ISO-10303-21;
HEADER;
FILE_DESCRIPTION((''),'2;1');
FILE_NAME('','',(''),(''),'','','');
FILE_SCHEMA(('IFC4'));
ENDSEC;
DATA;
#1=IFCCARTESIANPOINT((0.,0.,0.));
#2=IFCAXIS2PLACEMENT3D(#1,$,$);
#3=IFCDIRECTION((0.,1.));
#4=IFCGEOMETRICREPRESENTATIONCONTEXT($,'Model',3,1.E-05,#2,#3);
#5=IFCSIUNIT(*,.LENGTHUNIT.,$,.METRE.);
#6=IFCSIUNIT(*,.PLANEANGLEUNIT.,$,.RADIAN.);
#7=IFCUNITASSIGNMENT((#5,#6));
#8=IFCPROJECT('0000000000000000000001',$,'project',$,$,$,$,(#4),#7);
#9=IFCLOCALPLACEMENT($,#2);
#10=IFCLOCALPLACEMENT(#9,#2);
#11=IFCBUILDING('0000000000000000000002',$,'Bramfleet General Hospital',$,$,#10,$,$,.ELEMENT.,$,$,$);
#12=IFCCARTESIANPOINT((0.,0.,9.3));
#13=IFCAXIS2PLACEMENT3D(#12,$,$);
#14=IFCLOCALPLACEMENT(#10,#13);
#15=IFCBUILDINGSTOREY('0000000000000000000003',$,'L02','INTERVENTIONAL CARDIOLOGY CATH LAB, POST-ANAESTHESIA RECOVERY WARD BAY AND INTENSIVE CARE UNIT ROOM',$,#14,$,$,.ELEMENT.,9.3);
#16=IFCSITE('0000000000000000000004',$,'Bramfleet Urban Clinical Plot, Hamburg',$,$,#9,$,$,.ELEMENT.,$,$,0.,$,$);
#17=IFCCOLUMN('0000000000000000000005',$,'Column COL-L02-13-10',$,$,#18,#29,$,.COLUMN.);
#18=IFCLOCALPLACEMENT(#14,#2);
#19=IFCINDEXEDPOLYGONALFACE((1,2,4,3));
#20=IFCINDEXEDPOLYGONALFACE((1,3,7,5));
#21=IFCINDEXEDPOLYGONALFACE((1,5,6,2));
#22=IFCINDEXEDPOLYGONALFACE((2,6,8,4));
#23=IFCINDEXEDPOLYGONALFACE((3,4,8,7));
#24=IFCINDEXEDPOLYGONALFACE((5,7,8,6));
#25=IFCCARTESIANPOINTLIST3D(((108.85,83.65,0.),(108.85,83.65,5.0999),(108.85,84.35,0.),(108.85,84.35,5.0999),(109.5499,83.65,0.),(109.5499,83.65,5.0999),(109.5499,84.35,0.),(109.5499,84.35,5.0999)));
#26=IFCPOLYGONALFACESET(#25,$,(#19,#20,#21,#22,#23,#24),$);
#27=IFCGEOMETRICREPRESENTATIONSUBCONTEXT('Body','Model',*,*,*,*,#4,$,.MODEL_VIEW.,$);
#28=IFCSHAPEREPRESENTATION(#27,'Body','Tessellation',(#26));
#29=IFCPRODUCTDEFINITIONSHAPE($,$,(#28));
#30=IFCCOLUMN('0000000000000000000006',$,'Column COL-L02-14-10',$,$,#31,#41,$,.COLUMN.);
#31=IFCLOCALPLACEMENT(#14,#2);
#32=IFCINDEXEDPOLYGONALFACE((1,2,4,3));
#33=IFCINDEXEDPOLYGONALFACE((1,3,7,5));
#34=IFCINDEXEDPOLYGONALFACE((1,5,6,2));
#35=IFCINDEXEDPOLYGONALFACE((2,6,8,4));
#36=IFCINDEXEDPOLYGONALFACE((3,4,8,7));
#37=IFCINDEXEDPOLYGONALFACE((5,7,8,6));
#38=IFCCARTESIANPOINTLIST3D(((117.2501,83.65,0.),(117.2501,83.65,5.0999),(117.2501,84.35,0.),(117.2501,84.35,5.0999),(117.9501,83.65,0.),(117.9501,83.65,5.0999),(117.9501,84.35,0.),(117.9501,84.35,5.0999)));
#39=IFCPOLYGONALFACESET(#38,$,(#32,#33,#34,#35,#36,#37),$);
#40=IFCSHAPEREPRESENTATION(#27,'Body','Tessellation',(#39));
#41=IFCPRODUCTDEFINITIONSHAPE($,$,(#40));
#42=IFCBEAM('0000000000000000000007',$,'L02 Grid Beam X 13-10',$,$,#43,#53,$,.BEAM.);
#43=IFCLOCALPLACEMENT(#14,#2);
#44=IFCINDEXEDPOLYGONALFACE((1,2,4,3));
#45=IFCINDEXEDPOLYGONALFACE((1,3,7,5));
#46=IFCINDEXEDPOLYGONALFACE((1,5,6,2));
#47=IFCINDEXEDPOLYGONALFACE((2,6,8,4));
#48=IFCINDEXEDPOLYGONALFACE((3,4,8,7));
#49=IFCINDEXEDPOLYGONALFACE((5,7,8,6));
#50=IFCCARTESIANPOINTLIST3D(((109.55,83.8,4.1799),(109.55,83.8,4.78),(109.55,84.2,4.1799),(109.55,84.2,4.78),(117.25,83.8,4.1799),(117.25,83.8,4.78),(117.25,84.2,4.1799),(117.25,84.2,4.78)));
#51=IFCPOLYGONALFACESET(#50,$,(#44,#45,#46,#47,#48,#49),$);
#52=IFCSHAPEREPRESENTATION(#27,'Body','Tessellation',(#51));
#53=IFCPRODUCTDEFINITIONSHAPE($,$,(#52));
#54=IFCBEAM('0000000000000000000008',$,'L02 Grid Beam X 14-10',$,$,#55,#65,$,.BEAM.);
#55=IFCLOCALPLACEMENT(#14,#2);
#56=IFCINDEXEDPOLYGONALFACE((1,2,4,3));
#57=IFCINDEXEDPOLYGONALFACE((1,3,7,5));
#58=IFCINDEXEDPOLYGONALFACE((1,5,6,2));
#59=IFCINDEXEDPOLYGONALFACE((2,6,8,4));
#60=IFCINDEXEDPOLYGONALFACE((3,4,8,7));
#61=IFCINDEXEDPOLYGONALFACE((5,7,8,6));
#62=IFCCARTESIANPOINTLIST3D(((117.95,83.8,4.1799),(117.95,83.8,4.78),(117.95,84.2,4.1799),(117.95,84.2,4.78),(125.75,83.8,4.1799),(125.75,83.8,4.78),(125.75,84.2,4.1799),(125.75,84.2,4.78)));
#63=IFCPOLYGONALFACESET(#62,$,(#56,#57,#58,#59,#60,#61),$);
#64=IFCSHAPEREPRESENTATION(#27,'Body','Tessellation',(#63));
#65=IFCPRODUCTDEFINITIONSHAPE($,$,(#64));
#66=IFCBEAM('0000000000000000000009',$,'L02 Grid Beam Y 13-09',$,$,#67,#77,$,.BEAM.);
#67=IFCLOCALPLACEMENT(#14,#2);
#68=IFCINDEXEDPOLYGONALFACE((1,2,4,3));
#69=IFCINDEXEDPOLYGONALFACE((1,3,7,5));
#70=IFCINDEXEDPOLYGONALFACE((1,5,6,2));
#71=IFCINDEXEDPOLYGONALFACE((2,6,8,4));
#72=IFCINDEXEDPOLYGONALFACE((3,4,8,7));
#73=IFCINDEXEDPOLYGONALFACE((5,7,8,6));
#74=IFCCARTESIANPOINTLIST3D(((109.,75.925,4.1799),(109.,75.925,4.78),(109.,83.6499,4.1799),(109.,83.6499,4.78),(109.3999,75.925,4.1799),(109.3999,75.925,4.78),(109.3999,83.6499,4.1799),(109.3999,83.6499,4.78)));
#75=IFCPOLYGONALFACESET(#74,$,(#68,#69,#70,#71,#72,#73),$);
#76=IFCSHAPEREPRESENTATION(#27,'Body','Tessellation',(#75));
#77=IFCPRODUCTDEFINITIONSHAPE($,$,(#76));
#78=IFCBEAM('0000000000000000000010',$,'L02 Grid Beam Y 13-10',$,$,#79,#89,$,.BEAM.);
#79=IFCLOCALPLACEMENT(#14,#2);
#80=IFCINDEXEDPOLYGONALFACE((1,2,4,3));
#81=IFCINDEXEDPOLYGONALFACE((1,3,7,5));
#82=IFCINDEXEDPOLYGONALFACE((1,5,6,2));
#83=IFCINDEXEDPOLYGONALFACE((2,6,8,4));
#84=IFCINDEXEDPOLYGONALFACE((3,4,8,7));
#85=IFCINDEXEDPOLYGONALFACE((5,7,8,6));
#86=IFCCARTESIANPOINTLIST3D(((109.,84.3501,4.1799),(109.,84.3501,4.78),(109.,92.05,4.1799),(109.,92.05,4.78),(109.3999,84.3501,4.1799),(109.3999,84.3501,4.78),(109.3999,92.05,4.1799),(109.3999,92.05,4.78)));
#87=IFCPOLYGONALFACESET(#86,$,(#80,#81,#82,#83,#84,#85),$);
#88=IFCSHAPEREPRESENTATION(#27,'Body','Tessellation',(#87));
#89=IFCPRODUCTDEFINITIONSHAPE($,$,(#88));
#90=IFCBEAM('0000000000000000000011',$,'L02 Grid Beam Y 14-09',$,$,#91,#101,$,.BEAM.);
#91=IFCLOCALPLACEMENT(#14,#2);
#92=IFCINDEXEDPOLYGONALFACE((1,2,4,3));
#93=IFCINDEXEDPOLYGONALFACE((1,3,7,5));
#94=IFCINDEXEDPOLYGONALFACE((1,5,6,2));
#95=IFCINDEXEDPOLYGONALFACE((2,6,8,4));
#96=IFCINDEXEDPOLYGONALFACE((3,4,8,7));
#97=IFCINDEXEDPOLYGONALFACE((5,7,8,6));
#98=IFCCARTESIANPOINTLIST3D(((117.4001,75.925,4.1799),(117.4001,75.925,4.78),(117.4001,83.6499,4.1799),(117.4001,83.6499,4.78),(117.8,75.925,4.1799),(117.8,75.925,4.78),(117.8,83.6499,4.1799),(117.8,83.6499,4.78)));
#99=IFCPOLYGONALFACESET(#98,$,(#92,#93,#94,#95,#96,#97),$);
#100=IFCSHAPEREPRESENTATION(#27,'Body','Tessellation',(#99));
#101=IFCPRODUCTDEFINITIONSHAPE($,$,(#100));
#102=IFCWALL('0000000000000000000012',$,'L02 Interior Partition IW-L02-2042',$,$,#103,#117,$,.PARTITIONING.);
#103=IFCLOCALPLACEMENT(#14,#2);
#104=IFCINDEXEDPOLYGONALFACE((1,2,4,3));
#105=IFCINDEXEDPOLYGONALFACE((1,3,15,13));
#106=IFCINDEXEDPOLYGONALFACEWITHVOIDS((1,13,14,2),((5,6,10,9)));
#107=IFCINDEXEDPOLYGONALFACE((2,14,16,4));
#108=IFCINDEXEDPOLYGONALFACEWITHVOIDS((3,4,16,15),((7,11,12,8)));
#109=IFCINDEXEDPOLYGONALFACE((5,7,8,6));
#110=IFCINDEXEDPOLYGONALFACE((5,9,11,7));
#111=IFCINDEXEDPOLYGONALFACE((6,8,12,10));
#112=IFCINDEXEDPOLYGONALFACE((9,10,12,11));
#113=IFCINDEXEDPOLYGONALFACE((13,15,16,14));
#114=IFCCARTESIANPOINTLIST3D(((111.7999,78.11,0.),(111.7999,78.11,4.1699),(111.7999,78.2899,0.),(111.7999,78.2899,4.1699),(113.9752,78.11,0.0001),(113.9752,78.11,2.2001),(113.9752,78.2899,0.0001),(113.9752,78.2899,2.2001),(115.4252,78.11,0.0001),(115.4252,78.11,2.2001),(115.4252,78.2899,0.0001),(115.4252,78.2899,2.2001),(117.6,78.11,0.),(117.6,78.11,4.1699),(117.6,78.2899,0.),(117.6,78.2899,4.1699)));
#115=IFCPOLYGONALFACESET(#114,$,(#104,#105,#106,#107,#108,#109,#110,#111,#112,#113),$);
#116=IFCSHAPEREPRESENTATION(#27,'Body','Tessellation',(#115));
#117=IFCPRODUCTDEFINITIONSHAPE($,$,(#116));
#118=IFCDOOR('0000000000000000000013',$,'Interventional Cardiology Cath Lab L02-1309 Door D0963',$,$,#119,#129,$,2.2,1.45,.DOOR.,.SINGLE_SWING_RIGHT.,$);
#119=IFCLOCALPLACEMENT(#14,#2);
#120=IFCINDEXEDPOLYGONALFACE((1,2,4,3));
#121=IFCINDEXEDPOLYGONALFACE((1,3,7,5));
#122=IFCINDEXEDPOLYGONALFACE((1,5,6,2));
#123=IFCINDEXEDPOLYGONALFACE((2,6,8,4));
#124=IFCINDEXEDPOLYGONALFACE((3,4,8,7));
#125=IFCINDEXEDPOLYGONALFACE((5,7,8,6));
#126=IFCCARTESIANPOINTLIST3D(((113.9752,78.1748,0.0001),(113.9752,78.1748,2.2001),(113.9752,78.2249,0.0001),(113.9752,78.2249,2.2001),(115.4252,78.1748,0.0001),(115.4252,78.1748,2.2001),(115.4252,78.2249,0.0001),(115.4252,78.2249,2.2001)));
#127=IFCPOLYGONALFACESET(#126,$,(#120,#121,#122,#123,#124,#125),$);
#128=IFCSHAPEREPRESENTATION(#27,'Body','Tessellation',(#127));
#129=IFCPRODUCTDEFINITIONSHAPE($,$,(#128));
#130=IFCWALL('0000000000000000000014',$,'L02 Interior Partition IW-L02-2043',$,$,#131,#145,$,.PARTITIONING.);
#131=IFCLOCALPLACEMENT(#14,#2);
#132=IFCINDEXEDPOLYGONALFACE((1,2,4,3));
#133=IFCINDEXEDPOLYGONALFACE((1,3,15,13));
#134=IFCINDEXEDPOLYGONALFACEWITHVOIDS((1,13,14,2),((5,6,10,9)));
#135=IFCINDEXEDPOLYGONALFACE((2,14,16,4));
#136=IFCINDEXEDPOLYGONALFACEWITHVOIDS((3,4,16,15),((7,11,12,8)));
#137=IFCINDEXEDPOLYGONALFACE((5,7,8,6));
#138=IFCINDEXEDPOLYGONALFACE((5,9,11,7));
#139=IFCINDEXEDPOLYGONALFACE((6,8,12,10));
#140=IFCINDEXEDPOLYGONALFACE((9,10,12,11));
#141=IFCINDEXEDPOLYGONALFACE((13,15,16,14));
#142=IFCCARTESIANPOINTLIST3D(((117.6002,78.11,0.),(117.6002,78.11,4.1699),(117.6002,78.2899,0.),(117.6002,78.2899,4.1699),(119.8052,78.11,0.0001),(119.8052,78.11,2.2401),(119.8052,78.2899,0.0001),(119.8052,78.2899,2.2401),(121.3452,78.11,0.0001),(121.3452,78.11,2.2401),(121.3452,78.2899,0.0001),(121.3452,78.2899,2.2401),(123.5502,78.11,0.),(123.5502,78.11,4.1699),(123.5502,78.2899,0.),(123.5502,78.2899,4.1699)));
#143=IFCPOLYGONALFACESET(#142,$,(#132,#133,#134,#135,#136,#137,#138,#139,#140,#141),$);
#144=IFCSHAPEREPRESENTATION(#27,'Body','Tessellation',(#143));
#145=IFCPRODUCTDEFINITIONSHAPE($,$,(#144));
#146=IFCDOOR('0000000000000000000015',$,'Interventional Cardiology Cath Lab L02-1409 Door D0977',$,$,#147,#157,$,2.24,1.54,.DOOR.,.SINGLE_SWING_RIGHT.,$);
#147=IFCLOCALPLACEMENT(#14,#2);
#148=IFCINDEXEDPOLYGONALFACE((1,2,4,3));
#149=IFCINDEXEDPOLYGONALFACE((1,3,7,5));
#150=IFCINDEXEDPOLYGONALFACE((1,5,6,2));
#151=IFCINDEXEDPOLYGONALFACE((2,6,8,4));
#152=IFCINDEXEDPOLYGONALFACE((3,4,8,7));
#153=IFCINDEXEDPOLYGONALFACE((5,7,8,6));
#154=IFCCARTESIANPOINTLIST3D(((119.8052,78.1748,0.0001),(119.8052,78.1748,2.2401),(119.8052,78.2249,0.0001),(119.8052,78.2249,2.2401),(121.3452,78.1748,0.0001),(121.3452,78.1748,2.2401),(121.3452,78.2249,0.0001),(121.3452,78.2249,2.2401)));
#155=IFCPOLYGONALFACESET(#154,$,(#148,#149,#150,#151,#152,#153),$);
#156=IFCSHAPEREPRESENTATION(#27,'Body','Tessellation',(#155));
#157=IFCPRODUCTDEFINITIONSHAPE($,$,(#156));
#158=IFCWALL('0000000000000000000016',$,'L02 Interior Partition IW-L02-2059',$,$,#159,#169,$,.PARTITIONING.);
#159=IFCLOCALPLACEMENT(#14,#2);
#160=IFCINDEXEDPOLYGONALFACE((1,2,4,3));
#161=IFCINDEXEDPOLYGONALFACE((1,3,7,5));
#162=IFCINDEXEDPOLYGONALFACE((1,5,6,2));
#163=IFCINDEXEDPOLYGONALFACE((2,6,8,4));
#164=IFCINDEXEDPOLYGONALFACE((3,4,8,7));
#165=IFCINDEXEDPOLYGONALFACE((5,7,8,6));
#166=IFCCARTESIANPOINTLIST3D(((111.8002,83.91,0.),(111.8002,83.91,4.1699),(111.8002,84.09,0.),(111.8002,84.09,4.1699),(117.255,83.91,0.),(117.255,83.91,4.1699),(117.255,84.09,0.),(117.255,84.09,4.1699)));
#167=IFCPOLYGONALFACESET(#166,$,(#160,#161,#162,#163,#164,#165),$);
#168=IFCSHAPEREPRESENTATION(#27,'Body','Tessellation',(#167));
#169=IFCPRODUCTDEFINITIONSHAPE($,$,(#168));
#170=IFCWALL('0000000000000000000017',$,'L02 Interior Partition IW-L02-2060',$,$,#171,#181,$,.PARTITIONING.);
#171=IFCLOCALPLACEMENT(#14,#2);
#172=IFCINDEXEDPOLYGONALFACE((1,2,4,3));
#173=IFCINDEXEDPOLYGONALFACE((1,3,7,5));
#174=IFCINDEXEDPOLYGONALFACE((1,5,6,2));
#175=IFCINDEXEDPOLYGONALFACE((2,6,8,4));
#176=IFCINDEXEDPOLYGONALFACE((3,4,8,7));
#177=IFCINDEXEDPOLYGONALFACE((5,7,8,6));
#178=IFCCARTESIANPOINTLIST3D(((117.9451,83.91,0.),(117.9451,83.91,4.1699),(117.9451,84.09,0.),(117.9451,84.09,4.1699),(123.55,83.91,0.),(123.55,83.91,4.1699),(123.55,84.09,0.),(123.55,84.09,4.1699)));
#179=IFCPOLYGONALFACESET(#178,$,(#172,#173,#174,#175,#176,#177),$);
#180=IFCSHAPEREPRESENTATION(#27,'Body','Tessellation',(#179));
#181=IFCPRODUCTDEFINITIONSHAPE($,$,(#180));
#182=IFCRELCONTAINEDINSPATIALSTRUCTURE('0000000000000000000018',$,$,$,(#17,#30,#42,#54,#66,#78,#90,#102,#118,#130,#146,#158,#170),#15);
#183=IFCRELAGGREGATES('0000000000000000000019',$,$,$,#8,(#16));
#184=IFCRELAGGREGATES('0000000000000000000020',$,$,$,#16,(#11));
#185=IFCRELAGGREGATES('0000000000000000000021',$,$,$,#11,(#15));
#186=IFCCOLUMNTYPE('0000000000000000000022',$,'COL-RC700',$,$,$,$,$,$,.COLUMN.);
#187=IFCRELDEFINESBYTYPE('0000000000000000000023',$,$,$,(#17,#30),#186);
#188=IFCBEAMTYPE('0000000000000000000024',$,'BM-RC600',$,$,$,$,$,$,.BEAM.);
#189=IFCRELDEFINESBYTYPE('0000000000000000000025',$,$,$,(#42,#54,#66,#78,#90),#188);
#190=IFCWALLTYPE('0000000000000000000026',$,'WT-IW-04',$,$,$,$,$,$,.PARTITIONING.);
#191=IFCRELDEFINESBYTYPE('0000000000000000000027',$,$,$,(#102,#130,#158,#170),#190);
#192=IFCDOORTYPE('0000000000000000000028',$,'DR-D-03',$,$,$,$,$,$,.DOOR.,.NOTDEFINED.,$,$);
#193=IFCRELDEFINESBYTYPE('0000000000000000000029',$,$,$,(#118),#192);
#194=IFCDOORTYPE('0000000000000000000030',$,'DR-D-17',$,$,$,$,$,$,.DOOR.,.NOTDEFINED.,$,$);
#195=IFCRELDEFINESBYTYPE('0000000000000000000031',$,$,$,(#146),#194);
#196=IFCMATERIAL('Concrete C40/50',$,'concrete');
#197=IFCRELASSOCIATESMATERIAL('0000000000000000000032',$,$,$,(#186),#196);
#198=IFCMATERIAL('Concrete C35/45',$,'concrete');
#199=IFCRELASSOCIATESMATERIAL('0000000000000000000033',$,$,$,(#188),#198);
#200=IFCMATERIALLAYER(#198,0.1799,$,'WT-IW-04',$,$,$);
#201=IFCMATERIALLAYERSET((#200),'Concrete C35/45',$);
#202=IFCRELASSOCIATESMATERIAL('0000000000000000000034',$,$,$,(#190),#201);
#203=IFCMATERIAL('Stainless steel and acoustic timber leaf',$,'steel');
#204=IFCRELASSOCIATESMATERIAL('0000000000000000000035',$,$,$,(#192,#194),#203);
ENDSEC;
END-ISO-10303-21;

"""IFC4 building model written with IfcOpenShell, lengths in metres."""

from ifc_helpers import new_model, si_unit, direction, frame, frame_2d, origin, origin_2d, place, context, subcontext, project, spatial, rectangle, extrude, material, layer, layer_set, material_profile, profile_set, type_object, element, fill, save


model = new_model("IFC4")

# Units and contexts
model_context = context("Model", 3, precision=1e-05, world=origin(), true_north=direction((0.0, 1.0)))
body_context = subcontext(model_context, "Body", "Model", "MODEL_VIEW")
ifc_project = project(units=[si_unit("LENGTHUNIT", "METRE"), si_unit("PLANEANGLEUNIT", "RADIAN")], contexts=[model_context])

# Site, building, storey
site_placement = place(None, origin())
site = spatial("IfcSite", under=ifc_project, at=site_placement, Name="Bramfleet Urban Clinical Plot, Hamburg", CompositionType="ELEMENT", RefElevation=0.0)
building_placement = place(site_placement, origin())
building = spatial("IfcBuilding", under=site, at=building_placement, Name="Bramfleet General Hospital", CompositionType="ELEMENT")
storey_placement = place(building_placement, frame((0.0, 0.0, 9.3)))
storey = spatial("IfcBuildingStorey", under=building, at=storey_placement, Name="L02", Description="INTERVENTIONAL CARDIOLOGY CATH LAB, POST-ANAESTHESIA RECOVERY WARD BAY AND INTENSIVE CARE UNIT ROOM", CompositionType="ELEMENT", Elevation=9.3)

# Columns
ifc_material_1 = material(Name="Concrete C40/50", Category="concrete")
ifc_material_profile_1 = material_profile(ifc_material_1, rectangle(XDim=0.7, YDim=0.7, at=origin_2d()), Name="RC COL 700x700")
ifc_profile_set_1 = profile_set([ifc_material_profile_1], Name="Concrete C40/50")
column_type = type_object("IfcColumnType", Name="COL-RC700", PredefinedType="COLUMN", material=ifc_profile_set_1)
for number, where, z_axis, x_axis, name in (
    (1, (109.2, 84.0, 0.0), (0.0, 0.0, 1.0), (1.0, 0.0, 0.0), "Column COL-L02-13-10"),
    (2, (117.6001, 84.0, 0.0), (0.0, 0.0, 1.0), (1.0, 0.0, 0.0), "Column COL-L02-14-10"),
):
    element("IfcColumn", number, at=place(storey_placement, frame(where, z_axis=z_axis, x_axis=x_axis)), inside=storey, type_object=column_type, Name=name, PredefinedType="COLUMN", context=body_context, shape_type="SweptSolid", body=[
        extrude(rectangle(XDim=0.7, YDim=0.7, at=origin_2d()), origin(), (0.0, 0.0, 1.0), 5.0999),
    ])

# Beams
ifc_material_2 = material(Name="Concrete C35/45", Category="concrete")
ifc_material_profile_2 = material_profile(ifc_material_2, rectangle(XDim=0.3999, YDim=0.6001, at=origin_2d()), Name="RC BM 600x400")
ifc_profile_set_2 = profile_set([ifc_material_profile_2], Name="Concrete C35/45")
beam_type = type_object("IfcBeamType", Name="BM-RC600", PredefinedType="BEAM", material=ifc_profile_set_2)
beam_1_placement = place(storey_placement, frame((109.55, 84.0, 4.48), z_axis=(1.0, 0.0, 0.0), x_axis=(0.0, 1.0, 0.0)))
element("IfcBeam", 3, at=beam_1_placement, inside=storey, type_object=beam_type, Name="L02 Grid Beam X 13-10", PredefinedType="BEAM", context=body_context, shape_type="SweptSolid", body=[
    extrude(rectangle(XDim=0.3999, YDim=0.6001, at=origin_2d()), origin(), (0.0, 0.0, 1.0), 7.7),
])
beam_2_placement = place(storey_placement, frame((117.95, 84.0, 4.48), z_axis=(1.0, 0.0, 0.0), x_axis=(0.0, 1.0, 0.0)))
element("IfcBeam", 4, at=beam_2_placement, inside=storey, type_object=beam_type, Name="L02 Grid Beam X 14-10", PredefinedType="BEAM", context=body_context, shape_type="SweptSolid", body=[
    extrude(rectangle(XDim=0.3999, YDim=0.6001, at=origin_2d()), origin(), (0.0, 0.0, 1.0), 7.8),
])
beam_3_placement = place(storey_placement, frame((109.2, 75.925, 4.48), z_axis=(0.0, 1.0, 0.0), x_axis=(-1.0, 0.0, 0.0)))
element("IfcBeam", 5, at=beam_3_placement, inside=storey, type_object=beam_type, Name="L02 Grid Beam Y 13-09", PredefinedType="BEAM", context=body_context, shape_type="SweptSolid", body=[
    extrude(rectangle(XDim=0.3999, YDim=0.6001, at=origin_2d()), origin(), (0.0, 0.0, 1.0), 7.7249),
])
beam_4_placement = place(storey_placement, frame((109.2, 84.3501, 4.48), z_axis=(0.0, 1.0, 0.0), x_axis=(-1.0, 0.0, 0.0)))
element("IfcBeam", 6, at=beam_4_placement, inside=storey, type_object=beam_type, Name="L02 Grid Beam Y 13-10", PredefinedType="BEAM", context=body_context, shape_type="SweptSolid", body=[
    extrude(rectangle(XDim=0.3999, YDim=0.6001, at=origin_2d()), origin(), (0.0, 0.0, 1.0), 7.7),
])
beam_5_placement = place(storey_placement, frame((117.6001, 75.925, 4.48), z_axis=(0.0, 1.0, 0.0), x_axis=(-1.0, 0.0, 0.0)))
element("IfcBeam", 7, at=beam_5_placement, inside=storey, type_object=beam_type, Name="L02 Grid Beam Y 14-09", PredefinedType="BEAM", context=body_context, shape_type="SweptSolid", body=[
    extrude(rectangle(XDim=0.3999, YDim=0.6001, at=origin_2d()), origin(), (0.0, 0.0, 1.0), 7.7249),
])

# Walls, openings, doors
ifc_layer_1 = layer(ifc_material_2, 0.1799, Name="WT-IW-04")
ifc_layer_set_1 = layer_set([ifc_layer_1], Name="Concrete C35/45")
wall_type_1 = type_object("IfcWallType", Name="WT-IW-04", PredefinedType="PARTITIONING", material=ifc_layer_set_1)
wall_1_placement = place(storey_placement, frame((111.8, 78.2, 0.0), z_axis=(0.0, 0.0, 1.0), x_axis=(1.0, 0.0, 0.0)))
wall_1 = element("IfcWall", 8, at=wall_1_placement, inside=storey, type_object=wall_type_1, Name="L02 Interior Partition IW-L02-2042", PredefinedType="PARTITIONING", context=body_context, shape_type="SweptSolid", body=[
    extrude(rectangle(XDim=5.8, YDim=0.1799, at=frame_2d((2.8999, 0.0))), origin(), (0.0, 0.0, 1.0), 4.1699),
])
opening_1_placement = place(wall_1_placement, frame((2.175, 0.0, 0.0)))
opening_1 = element("IfcOpeningElement", 9, at=opening_1_placement, cuts=wall_1, PredefinedType="OPENING", context=body_context, shape_type="SweptSolid", body=[
    extrude(rectangle(XDim=1.45, YDim=2.2, at=frame_2d((0.7251, 1.1001))), frame((0.0, 0.0999, 0.0), z_axis=(0.0, -1.0, 0.0), x_axis=(1.0, 0.0, 0.0)), (0.0, 0.0, 1.0), 0.2),
])
ifc_material_3 = material(Name="Stainless steel and acoustic timber leaf", Category="steel")
door_type_1 = type_object("IfcDoorType", Name="DR-D-03", OperationType="NOTDEFINED", PredefinedType="DOOR", material=ifc_material_3)
door_1_placement = place(opening_1_placement, origin())
door_1 = element("IfcDoor", 10, at=door_1_placement, inside=storey, type_object=door_type_1, Name="Interventional Cardiology Cath Lab L02-1309 Door D0963", OperationType="SINGLE_SWING_RIGHT", OverallHeight=2.2, OverallWidth=1.45, PredefinedType="DOOR", context=body_context, shape_type="SweptSolid", body=[
    extrude(rectangle(XDim=1.45, YDim=2.2, at=frame_2d((0.7251, 1.1001))), frame((0.0, 0.0249, 0.0), z_axis=(0.0, -1.0, 0.0), x_axis=(1.0, 0.0, 0.0)), (0.0, 0.0, 1.0), 0.05),
])
fill(opening_1, door_1)
wall_2_placement = place(storey_placement, frame((117.6001, 78.2, 0.0), z_axis=(0.0, 0.0, 1.0), x_axis=(1.0, 0.0, 0.0)))
wall_2 = element("IfcWall", 11, at=wall_2_placement, inside=storey, type_object=wall_type_1, Name="L02 Interior Partition IW-L02-2043", PredefinedType="PARTITIONING", context=body_context, shape_type="SweptSolid", body=[
    extrude(rectangle(XDim=5.95, YDim=0.1799, at=frame_2d((2.9751, 0.0))), origin(), (0.0, 0.0, 1.0), 4.1699),
])
opening_2_placement = place(wall_2_placement, frame((2.2051, 0.0, 0.0)))
opening_2 = element("IfcOpeningElement", 12, at=opening_2_placement, cuts=wall_2, PredefinedType="OPENING", context=body_context, shape_type="SweptSolid", body=[
    extrude(rectangle(XDim=1.54, YDim=2.24, at=frame_2d((0.77, 1.1201))), frame((0.0, 0.0999, 0.0), z_axis=(0.0, -1.0, 0.0), x_axis=(1.0, 0.0, 0.0)), (0.0, 0.0, 1.0), 0.2),
])
door_type_2 = type_object("IfcDoorType", Name="DR-D-17", OperationType="NOTDEFINED", PredefinedType="DOOR", material=ifc_material_3)
door_2_placement = place(opening_2_placement, origin())
door_2 = element("IfcDoor", 13, at=door_2_placement, inside=storey, type_object=door_type_2, Name="Interventional Cardiology Cath Lab L02-1409 Door D0977", OperationType="SINGLE_SWING_RIGHT", OverallHeight=2.24, OverallWidth=1.54, PredefinedType="DOOR", context=body_context, shape_type="SweptSolid", body=[
    extrude(rectangle(XDim=1.54, YDim=2.24, at=frame_2d((0.77, 1.1201))), frame((0.0, 0.0249, 0.0), z_axis=(0.0, -1.0, 0.0), x_axis=(1.0, 0.0, 0.0)), (0.0, 0.0, 1.0), 0.05),
])
fill(opening_2, door_2)

# Walls
wall_3_placement = place(storey_placement, frame((111.8, 84.0, 0.0), z_axis=(0.0, 0.0, 1.0), x_axis=(1.0, 0.0, 0.0)))
element("IfcWall", 14, at=wall_3_placement, inside=storey, type_object=wall_type_1, Name="L02 Interior Partition IW-L02-2059", PredefinedType="PARTITIONING", context=body_context, shape_type="SweptSolid", body=[
    extrude(rectangle(XDim=5.4548, YDim=0.1799, at=frame_2d((2.7275, 0.0))), origin(), (0.0, 0.0, 1.0), 4.1699),
])
wall_4_placement = place(storey_placement, frame((117.9451, 84.0, 0.0), z_axis=(0.0, 0.0, 1.0), x_axis=(1.0, 0.0, 0.0)))
element("IfcWall", 15, at=wall_4_placement, inside=storey, type_object=wall_type_1, Name="L02 Interior Partition IW-L02-2060", PredefinedType="PARTITIONING", context=body_context, shape_type="SweptSolid", body=[
    extrude(rectangle(XDim=5.605, YDim=0.1799, at=frame_2d((2.8025, 0.0))), origin(), (0.0, 0.0, 1.0), 4.1699),
])

save(model, "model.ifc")
